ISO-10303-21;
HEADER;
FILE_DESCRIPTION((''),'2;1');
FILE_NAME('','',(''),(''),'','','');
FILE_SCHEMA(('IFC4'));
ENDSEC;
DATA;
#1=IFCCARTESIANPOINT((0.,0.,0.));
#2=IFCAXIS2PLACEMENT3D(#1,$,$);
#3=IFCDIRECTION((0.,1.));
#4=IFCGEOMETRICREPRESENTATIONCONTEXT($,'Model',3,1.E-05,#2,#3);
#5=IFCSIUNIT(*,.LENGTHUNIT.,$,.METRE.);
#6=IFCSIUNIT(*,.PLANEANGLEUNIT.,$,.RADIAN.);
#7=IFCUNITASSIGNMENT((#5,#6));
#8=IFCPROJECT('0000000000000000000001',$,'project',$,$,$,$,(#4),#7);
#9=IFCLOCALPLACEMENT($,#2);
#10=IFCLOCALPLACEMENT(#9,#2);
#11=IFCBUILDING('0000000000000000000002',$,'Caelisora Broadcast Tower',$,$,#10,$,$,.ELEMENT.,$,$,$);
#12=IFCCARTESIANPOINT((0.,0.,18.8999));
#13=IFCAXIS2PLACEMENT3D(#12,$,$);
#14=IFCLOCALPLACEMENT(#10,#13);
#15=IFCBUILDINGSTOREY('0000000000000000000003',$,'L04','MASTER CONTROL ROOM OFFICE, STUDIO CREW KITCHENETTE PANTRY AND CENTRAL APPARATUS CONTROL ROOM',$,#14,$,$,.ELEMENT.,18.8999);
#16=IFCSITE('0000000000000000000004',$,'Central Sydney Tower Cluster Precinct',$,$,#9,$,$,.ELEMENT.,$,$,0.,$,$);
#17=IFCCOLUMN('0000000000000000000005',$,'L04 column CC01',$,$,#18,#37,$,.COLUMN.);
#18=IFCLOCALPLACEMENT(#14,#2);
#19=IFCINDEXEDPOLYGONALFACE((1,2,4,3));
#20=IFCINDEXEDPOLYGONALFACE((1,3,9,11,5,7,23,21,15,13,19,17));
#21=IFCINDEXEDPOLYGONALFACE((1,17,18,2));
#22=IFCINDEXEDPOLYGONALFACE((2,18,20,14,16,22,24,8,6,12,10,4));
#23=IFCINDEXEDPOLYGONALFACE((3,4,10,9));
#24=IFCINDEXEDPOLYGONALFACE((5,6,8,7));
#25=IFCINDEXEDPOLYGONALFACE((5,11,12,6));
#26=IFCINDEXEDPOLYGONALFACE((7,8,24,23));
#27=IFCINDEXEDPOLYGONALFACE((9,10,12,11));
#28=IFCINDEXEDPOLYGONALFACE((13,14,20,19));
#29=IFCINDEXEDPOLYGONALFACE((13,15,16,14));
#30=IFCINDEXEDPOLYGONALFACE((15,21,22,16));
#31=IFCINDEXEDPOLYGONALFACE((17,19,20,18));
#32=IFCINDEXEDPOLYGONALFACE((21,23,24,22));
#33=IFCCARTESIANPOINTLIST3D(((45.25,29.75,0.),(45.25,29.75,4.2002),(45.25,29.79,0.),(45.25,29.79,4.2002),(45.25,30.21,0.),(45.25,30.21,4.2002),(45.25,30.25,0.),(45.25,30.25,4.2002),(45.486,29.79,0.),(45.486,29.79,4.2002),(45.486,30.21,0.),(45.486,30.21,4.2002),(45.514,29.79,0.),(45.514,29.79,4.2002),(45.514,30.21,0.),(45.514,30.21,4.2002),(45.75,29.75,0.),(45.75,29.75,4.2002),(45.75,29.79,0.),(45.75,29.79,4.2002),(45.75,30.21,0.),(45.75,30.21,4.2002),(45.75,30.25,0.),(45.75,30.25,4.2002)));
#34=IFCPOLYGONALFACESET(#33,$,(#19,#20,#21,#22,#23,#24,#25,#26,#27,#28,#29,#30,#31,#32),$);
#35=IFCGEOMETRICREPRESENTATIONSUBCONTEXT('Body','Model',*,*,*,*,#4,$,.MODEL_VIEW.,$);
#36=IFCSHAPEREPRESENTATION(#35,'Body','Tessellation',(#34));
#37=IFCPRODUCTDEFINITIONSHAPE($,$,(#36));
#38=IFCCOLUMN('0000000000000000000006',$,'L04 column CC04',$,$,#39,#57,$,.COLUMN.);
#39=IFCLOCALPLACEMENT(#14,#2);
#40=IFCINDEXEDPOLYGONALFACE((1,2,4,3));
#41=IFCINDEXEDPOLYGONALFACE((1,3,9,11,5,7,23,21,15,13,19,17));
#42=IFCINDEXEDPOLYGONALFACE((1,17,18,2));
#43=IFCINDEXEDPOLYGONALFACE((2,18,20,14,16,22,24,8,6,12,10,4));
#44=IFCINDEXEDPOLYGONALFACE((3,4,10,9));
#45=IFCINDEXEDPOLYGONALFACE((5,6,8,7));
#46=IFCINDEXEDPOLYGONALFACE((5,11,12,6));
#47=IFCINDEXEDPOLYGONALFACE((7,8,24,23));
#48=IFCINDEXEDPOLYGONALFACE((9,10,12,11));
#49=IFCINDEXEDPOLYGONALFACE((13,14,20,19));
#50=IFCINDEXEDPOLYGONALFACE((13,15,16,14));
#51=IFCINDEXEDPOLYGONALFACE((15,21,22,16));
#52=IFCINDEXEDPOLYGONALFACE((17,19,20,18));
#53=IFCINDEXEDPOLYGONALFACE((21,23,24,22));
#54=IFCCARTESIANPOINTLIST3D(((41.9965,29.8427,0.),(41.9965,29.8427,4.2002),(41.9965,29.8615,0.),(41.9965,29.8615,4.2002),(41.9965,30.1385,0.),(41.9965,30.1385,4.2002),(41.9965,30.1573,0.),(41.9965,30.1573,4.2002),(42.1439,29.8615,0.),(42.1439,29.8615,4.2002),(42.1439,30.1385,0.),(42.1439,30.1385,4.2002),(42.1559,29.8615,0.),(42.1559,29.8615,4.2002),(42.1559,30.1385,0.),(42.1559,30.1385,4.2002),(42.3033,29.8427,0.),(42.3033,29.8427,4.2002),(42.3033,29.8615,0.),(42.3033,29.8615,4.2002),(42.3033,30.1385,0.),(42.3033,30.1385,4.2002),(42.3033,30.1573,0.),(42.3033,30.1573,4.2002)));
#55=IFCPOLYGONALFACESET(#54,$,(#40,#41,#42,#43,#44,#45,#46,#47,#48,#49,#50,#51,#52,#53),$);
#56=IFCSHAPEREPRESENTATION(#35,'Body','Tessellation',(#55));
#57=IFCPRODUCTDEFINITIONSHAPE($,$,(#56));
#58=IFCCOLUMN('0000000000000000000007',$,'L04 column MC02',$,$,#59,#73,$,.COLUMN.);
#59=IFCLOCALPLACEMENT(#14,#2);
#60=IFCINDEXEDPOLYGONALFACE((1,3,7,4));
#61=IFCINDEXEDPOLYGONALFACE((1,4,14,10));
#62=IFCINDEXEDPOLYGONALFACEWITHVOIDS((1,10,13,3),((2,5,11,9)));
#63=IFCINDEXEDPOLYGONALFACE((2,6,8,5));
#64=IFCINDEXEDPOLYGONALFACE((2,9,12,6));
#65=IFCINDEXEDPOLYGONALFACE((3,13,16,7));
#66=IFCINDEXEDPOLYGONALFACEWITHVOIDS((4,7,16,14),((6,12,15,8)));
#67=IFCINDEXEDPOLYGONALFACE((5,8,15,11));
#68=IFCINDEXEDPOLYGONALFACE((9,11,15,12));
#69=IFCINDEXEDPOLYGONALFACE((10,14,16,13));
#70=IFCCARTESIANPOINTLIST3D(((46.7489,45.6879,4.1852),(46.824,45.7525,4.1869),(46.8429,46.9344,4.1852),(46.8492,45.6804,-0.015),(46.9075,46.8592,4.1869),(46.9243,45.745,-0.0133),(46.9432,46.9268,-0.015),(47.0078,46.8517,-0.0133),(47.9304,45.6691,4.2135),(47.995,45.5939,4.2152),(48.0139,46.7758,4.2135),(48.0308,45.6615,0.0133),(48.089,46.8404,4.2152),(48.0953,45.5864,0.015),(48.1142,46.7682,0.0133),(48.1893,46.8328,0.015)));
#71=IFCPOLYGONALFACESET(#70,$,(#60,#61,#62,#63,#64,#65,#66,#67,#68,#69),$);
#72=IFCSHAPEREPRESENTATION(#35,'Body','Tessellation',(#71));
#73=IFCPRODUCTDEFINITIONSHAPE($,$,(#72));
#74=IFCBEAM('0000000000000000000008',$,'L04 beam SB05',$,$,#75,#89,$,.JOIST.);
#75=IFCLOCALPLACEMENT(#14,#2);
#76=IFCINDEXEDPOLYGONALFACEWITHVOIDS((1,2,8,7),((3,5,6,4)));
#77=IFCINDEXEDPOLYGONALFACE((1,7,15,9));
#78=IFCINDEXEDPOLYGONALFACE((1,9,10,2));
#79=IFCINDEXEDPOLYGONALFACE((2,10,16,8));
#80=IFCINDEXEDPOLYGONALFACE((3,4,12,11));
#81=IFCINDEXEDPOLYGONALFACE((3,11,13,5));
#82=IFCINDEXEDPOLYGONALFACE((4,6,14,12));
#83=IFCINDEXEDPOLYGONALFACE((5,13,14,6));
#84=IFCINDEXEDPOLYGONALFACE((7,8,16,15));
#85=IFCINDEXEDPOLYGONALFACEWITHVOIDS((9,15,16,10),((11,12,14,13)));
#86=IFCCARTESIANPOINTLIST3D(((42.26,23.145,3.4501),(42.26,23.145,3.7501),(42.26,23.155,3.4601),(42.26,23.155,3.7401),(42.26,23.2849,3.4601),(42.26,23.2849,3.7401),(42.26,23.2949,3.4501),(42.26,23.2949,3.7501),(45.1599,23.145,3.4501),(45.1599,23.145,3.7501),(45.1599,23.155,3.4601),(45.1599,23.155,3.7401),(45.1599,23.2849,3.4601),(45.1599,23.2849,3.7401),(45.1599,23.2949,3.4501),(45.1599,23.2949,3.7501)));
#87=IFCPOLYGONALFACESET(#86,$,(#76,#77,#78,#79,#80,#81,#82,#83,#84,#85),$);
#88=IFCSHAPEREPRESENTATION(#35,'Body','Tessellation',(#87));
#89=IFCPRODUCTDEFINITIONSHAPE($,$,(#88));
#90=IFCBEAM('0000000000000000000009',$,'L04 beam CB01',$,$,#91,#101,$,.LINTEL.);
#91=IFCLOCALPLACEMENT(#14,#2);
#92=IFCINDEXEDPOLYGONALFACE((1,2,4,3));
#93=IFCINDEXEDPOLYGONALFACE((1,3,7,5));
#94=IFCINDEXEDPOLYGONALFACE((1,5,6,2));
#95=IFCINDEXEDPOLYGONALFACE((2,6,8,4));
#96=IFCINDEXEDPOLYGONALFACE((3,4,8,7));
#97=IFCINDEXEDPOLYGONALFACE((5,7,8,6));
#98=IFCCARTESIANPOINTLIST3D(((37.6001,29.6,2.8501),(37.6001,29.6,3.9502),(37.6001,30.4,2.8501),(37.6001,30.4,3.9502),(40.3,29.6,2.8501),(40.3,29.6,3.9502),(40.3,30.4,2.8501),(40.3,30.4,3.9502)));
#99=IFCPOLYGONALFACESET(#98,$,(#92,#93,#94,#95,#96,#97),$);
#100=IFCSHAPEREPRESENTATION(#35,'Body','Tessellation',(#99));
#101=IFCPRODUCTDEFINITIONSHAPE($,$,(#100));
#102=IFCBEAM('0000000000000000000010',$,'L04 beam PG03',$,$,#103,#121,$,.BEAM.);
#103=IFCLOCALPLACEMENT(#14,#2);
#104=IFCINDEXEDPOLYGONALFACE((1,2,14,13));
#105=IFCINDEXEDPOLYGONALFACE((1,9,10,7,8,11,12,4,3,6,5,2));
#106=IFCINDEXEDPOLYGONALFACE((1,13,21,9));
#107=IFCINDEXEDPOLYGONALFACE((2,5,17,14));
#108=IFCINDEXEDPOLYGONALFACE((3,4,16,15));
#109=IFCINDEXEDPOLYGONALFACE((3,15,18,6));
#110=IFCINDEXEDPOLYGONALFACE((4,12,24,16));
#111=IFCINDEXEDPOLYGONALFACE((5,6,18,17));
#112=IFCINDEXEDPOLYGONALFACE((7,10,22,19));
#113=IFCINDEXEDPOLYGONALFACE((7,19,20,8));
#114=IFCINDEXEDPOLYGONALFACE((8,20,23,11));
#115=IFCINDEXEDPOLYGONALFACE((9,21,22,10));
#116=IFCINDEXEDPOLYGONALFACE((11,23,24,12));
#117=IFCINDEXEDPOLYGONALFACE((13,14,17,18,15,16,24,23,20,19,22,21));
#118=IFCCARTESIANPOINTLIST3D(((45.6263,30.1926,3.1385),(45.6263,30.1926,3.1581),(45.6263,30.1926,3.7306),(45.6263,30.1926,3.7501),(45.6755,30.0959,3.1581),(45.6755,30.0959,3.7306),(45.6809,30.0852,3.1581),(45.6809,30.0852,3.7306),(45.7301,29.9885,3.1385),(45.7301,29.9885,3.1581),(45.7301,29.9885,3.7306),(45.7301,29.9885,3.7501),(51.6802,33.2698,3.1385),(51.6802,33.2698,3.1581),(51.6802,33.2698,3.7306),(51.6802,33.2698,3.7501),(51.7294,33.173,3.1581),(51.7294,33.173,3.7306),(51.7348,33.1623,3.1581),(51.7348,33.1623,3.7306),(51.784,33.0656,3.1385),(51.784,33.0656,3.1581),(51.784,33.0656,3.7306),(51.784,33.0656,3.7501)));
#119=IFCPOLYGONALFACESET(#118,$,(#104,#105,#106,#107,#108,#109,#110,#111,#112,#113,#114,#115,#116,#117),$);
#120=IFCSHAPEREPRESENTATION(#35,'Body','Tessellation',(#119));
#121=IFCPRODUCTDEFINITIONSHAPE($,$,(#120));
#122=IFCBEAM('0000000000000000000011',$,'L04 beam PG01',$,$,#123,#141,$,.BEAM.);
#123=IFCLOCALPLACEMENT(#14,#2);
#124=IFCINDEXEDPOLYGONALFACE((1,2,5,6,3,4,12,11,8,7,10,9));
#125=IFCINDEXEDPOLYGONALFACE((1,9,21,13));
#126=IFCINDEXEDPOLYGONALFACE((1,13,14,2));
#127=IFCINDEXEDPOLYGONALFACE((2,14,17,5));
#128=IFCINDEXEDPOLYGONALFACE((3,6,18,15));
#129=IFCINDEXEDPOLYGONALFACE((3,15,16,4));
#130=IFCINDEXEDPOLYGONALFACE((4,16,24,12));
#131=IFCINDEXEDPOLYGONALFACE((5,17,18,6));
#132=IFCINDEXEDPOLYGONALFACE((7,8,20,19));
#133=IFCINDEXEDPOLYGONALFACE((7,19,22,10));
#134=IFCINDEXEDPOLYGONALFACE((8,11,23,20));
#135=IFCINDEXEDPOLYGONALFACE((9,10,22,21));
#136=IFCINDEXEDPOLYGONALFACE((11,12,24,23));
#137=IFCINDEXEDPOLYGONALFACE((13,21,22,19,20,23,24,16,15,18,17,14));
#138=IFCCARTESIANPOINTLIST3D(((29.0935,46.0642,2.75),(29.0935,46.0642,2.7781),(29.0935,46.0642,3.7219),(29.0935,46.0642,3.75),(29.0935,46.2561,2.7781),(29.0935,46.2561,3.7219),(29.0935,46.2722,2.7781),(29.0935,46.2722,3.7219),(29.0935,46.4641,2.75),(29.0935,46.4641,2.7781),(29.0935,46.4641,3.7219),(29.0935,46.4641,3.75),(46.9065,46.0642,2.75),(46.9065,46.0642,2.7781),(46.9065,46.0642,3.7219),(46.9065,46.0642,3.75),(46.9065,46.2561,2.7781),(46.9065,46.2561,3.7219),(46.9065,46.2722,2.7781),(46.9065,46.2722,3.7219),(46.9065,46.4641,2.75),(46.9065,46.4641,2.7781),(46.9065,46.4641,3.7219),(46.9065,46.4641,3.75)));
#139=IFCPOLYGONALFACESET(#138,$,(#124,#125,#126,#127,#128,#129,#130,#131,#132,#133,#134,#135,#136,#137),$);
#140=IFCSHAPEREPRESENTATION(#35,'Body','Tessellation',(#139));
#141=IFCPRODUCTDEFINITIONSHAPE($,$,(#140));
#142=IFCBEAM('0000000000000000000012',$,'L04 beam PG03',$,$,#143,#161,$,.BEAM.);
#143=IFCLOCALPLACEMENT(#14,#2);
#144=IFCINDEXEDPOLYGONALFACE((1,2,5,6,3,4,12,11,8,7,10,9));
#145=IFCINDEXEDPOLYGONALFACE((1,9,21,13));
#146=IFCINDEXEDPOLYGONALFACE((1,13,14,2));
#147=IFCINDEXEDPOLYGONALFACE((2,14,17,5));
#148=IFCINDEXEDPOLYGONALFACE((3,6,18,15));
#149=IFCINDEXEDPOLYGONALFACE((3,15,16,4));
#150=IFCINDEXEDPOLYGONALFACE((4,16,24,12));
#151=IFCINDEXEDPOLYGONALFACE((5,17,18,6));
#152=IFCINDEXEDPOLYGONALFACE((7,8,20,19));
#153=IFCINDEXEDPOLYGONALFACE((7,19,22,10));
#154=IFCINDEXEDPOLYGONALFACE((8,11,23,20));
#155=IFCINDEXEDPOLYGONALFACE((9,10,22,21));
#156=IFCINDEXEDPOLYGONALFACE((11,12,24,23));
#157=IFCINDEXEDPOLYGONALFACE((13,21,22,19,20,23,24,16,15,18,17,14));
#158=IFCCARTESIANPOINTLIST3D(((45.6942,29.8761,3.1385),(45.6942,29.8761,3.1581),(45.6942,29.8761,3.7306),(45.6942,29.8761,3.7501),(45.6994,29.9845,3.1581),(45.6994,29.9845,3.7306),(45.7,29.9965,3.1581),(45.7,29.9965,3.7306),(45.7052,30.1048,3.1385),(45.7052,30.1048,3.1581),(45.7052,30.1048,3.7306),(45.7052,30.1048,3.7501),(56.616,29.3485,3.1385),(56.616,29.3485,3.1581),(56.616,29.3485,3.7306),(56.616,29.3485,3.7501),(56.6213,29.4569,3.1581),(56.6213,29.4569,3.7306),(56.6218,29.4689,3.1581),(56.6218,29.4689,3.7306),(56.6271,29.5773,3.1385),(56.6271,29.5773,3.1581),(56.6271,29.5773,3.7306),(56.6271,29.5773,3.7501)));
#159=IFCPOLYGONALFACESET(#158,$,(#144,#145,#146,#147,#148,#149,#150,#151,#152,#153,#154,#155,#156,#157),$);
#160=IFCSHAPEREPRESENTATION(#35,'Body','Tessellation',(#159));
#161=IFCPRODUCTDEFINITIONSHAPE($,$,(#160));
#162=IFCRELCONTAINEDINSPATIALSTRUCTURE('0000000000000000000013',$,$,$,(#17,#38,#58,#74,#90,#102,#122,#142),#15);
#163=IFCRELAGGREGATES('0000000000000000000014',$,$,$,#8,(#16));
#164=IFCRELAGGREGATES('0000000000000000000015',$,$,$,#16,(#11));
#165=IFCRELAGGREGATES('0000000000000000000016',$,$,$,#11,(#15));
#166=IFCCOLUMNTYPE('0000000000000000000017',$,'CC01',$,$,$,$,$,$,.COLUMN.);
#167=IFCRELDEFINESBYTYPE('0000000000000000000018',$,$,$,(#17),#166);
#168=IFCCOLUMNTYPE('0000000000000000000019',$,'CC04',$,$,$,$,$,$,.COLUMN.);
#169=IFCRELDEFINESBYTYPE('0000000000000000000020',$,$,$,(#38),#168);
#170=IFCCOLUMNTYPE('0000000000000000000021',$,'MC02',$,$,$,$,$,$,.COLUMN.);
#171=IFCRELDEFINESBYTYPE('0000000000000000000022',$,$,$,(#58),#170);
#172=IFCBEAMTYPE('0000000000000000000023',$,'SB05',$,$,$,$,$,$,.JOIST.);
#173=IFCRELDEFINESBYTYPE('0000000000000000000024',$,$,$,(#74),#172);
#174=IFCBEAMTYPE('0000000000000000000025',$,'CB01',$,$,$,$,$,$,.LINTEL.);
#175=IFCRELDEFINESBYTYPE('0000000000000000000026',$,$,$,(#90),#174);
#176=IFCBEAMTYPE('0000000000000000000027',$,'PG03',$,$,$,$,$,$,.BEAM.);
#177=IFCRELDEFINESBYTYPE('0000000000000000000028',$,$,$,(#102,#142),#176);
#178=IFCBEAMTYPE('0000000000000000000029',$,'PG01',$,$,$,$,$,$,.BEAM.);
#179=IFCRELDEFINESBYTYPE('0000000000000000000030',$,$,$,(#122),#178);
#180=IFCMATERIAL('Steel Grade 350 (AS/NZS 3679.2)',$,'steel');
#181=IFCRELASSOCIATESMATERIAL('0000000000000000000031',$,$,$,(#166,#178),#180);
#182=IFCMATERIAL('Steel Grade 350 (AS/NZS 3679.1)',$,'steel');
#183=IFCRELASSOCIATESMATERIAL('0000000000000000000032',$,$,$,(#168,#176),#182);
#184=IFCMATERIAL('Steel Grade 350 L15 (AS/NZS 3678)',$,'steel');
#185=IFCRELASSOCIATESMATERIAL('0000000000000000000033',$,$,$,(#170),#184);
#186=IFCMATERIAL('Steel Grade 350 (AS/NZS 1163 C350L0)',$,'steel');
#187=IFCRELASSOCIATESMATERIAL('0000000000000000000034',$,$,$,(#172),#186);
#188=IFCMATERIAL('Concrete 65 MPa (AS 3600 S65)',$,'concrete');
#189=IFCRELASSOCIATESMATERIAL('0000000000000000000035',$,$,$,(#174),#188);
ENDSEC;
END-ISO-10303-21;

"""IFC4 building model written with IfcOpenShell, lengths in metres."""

from ifc_helpers import new_model, si_unit, direction, frame, origin, origin_2d, place, context, subcontext, project, spatial, rectangle, hollow_rectangle, i_section, extrude, source, transform, mapped, material, material_profile, profile_set, type_object, type_shapes, element, save


model = new_model("IFC4")

# Units and contexts
model_context = context("Model", 3, precision=1e-05, world=origin(), true_north=direction((0.0, 1.0)))
body_context = subcontext(model_context, "Body", "Model", "MODEL_VIEW")
ifc_project = project(units=[si_unit("LENGTHUNIT", "METRE"), si_unit("PLANEANGLEUNIT", "RADIAN")], contexts=[model_context])

# Site, building, storey
site_placement = place(None, origin())
site = spatial("IfcSite", under=ifc_project, at=site_placement, Name="Central Sydney Tower Cluster Precinct", CompositionType="ELEMENT", RefElevation=0.0)
building_placement = place(site_placement, origin())
building = spatial("IfcBuilding", under=site, at=building_placement, Name="Caelisora Broadcast Tower", CompositionType="ELEMENT")
storey_placement = place(building_placement, frame((0.0, 0.0, 18.8999)))
storey = spatial("IfcBuildingStorey", under=building, at=storey_placement, Name="L04", Description="MASTER CONTROL ROOM OFFICE, STUDIO CREW KITCHENETTE PANTRY AND CENTRAL APPARATUS CONTROL ROOM", CompositionType="ELEMENT", Elevation=18.8999)

# Columns
ifc_material_1 = material(Name="Steel Grade 350 (AS/NZS 3679.2)", Category="steel")
ifc_material_profile_1 = material_profile(ifc_material_1, i_section(OverallWidth=0.5, OverallDepth=0.5, WebThickness=0.0281, FlangeThickness=0.04, at=origin_2d()), Name="Steel Grade 350 (AS/NZS 3679.2)")
ifc_profile_set_1 = profile_set([ifc_material_profile_1], Name="Steel Grade 350 (AS/NZS 3679.2)")
column_type_1 = type_object("IfcColumnType", Name="CC01", PredefinedType="COLUMN", material=ifc_profile_set_1)
shared_shape_1 = source(origin(), body_context, "Body", "SweptSolid", [
    extrude(i_section(OverallWidth=0.5, OverallDepth=0.5, WebThickness=0.0281, FlangeThickness=0.04, at=origin_2d()), origin(), (0.0, 0.0, 1.0), 4.2002),
])
type_shapes(column_type_1, [shared_shape_1])
column_1_placement = place(storey_placement, frame((45.5, 30.0, 0.0), z_axis=(0.0, 0.0, 1.0), x_axis=(1.0, 0.0, 0.0)))
element("IfcColumn", 1, at=column_1_placement, inside=storey, type_object=column_type_1, Name="L04 column CC01", PredefinedType="COLUMN", context=body_context, shape_type="MappedRepresentation", body=[
    mapped(shared_shape_1, transform((0.0, 0.0, 0.0), scale=1.0)),
])
ifc_material_2 = material(Name="Steel Grade 350 (AS/NZS 3679.1)", Category="steel")
ifc_material_profile_2 = material_profile(ifc_material_2, i_section(OverallWidth=0.3069, OverallDepth=0.3147, WebThickness=0.012, FlangeThickness=0.0188, at=origin_2d()), Name="Steel Grade 350 (AS/NZS 3679.1)")
ifc_profile_set_2 = profile_set([ifc_material_profile_2], Name="Steel Grade 350 (AS/NZS 3679.1)")
column_type_2 = type_object("IfcColumnType", Name="CC04", PredefinedType="COLUMN", material=ifc_profile_set_2)
shared_shape_2 = source(origin(), body_context, "Body", "SweptSolid", [
    extrude(i_section(OverallWidth=0.3069, OverallDepth=0.3147, WebThickness=0.012, FlangeThickness=0.0188, at=origin_2d()), origin(), (0.0, 0.0, 1.0), 4.2002),
])
type_shapes(column_type_2, [shared_shape_2])
column_2_placement = place(storey_placement, frame((42.1499, 30.0, 0.0), z_axis=(0.0, 0.0, 1.0), x_axis=(1.0, 0.0, 0.0)))
element("IfcColumn", 2, at=column_2_placement, inside=storey, type_object=column_type_2, Name="L04 column CC04", PredefinedType="COLUMN", context=body_context, shape_type="MappedRepresentation", body=[
    mapped(shared_shape_2, transform((0.0, 0.0, 0.0), scale=1.0)),
])
ifc_material_3 = material(Name="Steel Grade 350 L15 (AS/NZS 3678)", Category="steel")
ifc_material_profile_3 = material_profile(ifc_material_3, hollow_rectangle(XDim=1.25, YDim=1.25, WallThickness=0.0701, at=origin_2d()), Name="Steel Grade 350 L15 (AS/NZS 3678)")
ifc_profile_set_3 = profile_set([ifc_material_profile_3], Name="Steel Grade 350 L15 (AS/NZS 3678)")
column_type_3 = type_object("IfcColumnType", Name="MC02", PredefinedType="COLUMN", material=ifc_profile_set_3)
shared_shape_3 = source(origin(), body_context, "Body", "SweptSolid", [
    extrude(hollow_rectangle(XDim=1.25, YDim=1.25, WallThickness=0.0701, at=origin_2d()), origin(), (0.0, 0.0, 1.0), 4.2014),
])
type_shapes(column_type_3, [shared_shape_3])
column_3_placement = place(storey_placement, frame((47.5193, 46.2566, 0.0), z_axis=(-0.023883, 0.001801, 0.999713), x_axis=(-0.075212, -0.997168, 0.0)))
element("IfcColumn", 3, at=column_3_placement, inside=storey, type_object=column_type_3, Name="L04 column MC02", PredefinedType="COLUMN", context=body_context, shape_type="MappedRepresentation", body=[
    mapped(shared_shape_3, transform((0.0, 0.0, 0.0), scale=1.0)),
])

# Beams
ifc_material_4 = material(Name="Steel Grade 350 (AS/NZS 1163 C350L0)", Category="steel")
ifc_material_profile_4 = material_profile(ifc_material_4, hollow_rectangle(XDim=0.1499, YDim=0.3, WallThickness=0.01, at=origin_2d()), Name="Steel Grade 350 (AS/NZS 1163 C350L0)")
ifc_profile_set_4 = profile_set([ifc_material_profile_4], Name="Steel Grade 350 (AS/NZS 1163 C350L0)")
beam_type_1 = type_object("IfcBeamType", Name="SB05", PredefinedType="JOIST", material=ifc_profile_set_4)
shared_shape_4 = source(origin(), body_context, "Body", "SweptSolid", [
    extrude(hollow_rectangle(XDim=0.1499, YDim=0.3, WallThickness=0.01, at=origin_2d()), origin(), (0.0, 0.0, 1.0), 2.8999),
])
type_shapes(beam_type_1, [shared_shape_4])
beam_1_placement = place(storey_placement, frame((42.26, 23.22, 3.6001), z_axis=(1.0, 0.0, 0.0), x_axis=(0.0, 1.0, 0.0)))
element("IfcBeam", 4, at=beam_1_placement, inside=storey, type_object=beam_type_1, Name="L04 beam SB05", PredefinedType="JOIST", context=body_context, shape_type="MappedRepresentation", body=[
    mapped(shared_shape_4, transform((0.0, 0.0, 0.0), scale=1.0)),
])
ifc_material_5 = material(Name="Concrete 65 MPa (AS 3600 S65)", Category="concrete")
ifc_material_profile_5 = material_profile(ifc_material_5, rectangle(XDim=0.8, YDim=1.1001, at=origin_2d()), Name="Concrete 65 MPa (AS 3600 S65)")
ifc_profile_set_5 = profile_set([ifc_material_profile_5], Name="Concrete 65 MPa (AS 3600 S65)")
beam_type_2 = type_object("IfcBeamType", Name="CB01", PredefinedType="LINTEL", material=ifc_profile_set_5)
shared_shape_5 = source(origin(), body_context, "Body", "SweptSolid", [
    extrude(rectangle(XDim=0.8, YDim=1.1001, at=origin_2d()), origin(), (0.0, 0.0, 1.0), 2.7),
])
type_shapes(beam_type_2, [shared_shape_5])
beam_2_placement = place(storey_placement, frame((37.6001, 30.0, 3.4001), z_axis=(1.0, 0.0, 0.0), x_axis=(0.0, 1.0, 0.0)))
element("IfcBeam", 5, at=beam_2_placement, inside=storey, type_object=beam_type_2, Name="L04 beam CB01", PredefinedType="LINTEL", context=body_context, shape_type="MappedRepresentation", body=[
    mapped(shared_shape_5, transform((0.0, 0.0, 0.0), scale=1.0)),
])
ifc_material_profile_6 = material_profile(ifc_material_2, i_section(OverallWidth=0.229, OverallDepth=0.6116, WebThickness=0.012, FlangeThickness=0.0195, at=origin_2d()), Name="Steel Grade 350 (AS/NZS 3679.1)")
ifc_profile_set_6 = profile_set([ifc_material_profile_6], Name="Steel Grade 350 (AS/NZS 3679.1)")
beam_type_3 = type_object("IfcBeamType", Name="PG03", PredefinedType="BEAM", material=ifc_profile_set_6)
shared_shape_6 = source(origin(), body_context, "Body", "SweptSolid", [
    extrude(i_section(OverallWidth=0.229, OverallDepth=0.6116, WebThickness=0.012, FlangeThickness=0.0195, at=origin_2d()), origin(), (0.0, 0.0, 1.0), 6.791),
])
beam_3_placement = place(storey_placement, frame((45.6782, 30.0906, 3.4443), z_axis=(0.891453, 0.453114, 0.0), x_axis=(-0.453114, 0.891453, 0.0)))
element("IfcBeam", 6, at=beam_3_placement, inside=storey, type_object=beam_type_3, Name="L04 beam PG03", PredefinedType="BEAM", context=body_context, shape_type="MappedRepresentation", body=[
    mapped(shared_shape_6, transform((0.0, 0.0, 0.0), scale=1.0)),
])
ifc_material_profile_7 = material_profile(ifc_material_1, i_section(OverallWidth=0.3999, OverallDepth=1.0, WebThickness=0.0161, FlangeThickness=0.0281, at=origin_2d()), Name="Steel Grade 350 (AS/NZS 3679.2)")
ifc_profile_set_7 = profile_set([ifc_material_profile_7], Name="Steel Grade 350 (AS/NZS 3679.2)")
beam_type_4 = type_object("IfcBeamType", Name="PG01", PredefinedType="BEAM", material=ifc_profile_set_7)
shared_shape_7 = source(origin(), body_context, "Body", "SweptSolid", [
    extrude(i_section(OverallWidth=0.3999, OverallDepth=1.0, WebThickness=0.0161, FlangeThickness=0.0281, at=origin_2d()), origin(), (0.0, 0.0, 1.0), 17.813),
])
type_shapes(beam_type_4, [shared_shape_7])
beam_4_placement = place(storey_placement, frame((46.9065, 46.2642, 3.25), z_axis=(-1.0, 0.0, 0.0), x_axis=(0.0, -1.0, 0.0)))
element("IfcBeam", 7, at=beam_4_placement, inside=storey, type_object=beam_type_4, Name="L04 beam PG01", PredefinedType="BEAM", context=body_context, shape_type="MappedRepresentation", body=[
    mapped(shared_shape_7, transform((0.0, 0.0, 0.0), scale=1.0)),
])
shared_shape_8 = source(origin(), body_context, "Body", "SweptSolid", [
    extrude(i_section(OverallWidth=0.229, OverallDepth=0.6116, WebThickness=0.012, FlangeThickness=0.0195, at=origin_2d()), origin(), (0.0, 0.0, 1.0), 10.9346),
])
type_shapes(beam_type_3, [shared_shape_6, shared_shape_8])
beam_5_placement = place(storey_placement, frame((45.6997, 29.9905, 3.4443), z_axis=(0.998835, -0.048249, 0.0), x_axis=(0.048249, 0.998835, 0.0)))
element("IfcBeam", 8, at=beam_5_placement, inside=storey, type_object=beam_type_3, Name="L04 beam PG03", PredefinedType="BEAM", context=body_context, shape_type="MappedRepresentation", body=[
    mapped(shared_shape_8, transform((0.0, 0.0, 0.0), scale=1.0)),
])

save(model, "model.ifc")
